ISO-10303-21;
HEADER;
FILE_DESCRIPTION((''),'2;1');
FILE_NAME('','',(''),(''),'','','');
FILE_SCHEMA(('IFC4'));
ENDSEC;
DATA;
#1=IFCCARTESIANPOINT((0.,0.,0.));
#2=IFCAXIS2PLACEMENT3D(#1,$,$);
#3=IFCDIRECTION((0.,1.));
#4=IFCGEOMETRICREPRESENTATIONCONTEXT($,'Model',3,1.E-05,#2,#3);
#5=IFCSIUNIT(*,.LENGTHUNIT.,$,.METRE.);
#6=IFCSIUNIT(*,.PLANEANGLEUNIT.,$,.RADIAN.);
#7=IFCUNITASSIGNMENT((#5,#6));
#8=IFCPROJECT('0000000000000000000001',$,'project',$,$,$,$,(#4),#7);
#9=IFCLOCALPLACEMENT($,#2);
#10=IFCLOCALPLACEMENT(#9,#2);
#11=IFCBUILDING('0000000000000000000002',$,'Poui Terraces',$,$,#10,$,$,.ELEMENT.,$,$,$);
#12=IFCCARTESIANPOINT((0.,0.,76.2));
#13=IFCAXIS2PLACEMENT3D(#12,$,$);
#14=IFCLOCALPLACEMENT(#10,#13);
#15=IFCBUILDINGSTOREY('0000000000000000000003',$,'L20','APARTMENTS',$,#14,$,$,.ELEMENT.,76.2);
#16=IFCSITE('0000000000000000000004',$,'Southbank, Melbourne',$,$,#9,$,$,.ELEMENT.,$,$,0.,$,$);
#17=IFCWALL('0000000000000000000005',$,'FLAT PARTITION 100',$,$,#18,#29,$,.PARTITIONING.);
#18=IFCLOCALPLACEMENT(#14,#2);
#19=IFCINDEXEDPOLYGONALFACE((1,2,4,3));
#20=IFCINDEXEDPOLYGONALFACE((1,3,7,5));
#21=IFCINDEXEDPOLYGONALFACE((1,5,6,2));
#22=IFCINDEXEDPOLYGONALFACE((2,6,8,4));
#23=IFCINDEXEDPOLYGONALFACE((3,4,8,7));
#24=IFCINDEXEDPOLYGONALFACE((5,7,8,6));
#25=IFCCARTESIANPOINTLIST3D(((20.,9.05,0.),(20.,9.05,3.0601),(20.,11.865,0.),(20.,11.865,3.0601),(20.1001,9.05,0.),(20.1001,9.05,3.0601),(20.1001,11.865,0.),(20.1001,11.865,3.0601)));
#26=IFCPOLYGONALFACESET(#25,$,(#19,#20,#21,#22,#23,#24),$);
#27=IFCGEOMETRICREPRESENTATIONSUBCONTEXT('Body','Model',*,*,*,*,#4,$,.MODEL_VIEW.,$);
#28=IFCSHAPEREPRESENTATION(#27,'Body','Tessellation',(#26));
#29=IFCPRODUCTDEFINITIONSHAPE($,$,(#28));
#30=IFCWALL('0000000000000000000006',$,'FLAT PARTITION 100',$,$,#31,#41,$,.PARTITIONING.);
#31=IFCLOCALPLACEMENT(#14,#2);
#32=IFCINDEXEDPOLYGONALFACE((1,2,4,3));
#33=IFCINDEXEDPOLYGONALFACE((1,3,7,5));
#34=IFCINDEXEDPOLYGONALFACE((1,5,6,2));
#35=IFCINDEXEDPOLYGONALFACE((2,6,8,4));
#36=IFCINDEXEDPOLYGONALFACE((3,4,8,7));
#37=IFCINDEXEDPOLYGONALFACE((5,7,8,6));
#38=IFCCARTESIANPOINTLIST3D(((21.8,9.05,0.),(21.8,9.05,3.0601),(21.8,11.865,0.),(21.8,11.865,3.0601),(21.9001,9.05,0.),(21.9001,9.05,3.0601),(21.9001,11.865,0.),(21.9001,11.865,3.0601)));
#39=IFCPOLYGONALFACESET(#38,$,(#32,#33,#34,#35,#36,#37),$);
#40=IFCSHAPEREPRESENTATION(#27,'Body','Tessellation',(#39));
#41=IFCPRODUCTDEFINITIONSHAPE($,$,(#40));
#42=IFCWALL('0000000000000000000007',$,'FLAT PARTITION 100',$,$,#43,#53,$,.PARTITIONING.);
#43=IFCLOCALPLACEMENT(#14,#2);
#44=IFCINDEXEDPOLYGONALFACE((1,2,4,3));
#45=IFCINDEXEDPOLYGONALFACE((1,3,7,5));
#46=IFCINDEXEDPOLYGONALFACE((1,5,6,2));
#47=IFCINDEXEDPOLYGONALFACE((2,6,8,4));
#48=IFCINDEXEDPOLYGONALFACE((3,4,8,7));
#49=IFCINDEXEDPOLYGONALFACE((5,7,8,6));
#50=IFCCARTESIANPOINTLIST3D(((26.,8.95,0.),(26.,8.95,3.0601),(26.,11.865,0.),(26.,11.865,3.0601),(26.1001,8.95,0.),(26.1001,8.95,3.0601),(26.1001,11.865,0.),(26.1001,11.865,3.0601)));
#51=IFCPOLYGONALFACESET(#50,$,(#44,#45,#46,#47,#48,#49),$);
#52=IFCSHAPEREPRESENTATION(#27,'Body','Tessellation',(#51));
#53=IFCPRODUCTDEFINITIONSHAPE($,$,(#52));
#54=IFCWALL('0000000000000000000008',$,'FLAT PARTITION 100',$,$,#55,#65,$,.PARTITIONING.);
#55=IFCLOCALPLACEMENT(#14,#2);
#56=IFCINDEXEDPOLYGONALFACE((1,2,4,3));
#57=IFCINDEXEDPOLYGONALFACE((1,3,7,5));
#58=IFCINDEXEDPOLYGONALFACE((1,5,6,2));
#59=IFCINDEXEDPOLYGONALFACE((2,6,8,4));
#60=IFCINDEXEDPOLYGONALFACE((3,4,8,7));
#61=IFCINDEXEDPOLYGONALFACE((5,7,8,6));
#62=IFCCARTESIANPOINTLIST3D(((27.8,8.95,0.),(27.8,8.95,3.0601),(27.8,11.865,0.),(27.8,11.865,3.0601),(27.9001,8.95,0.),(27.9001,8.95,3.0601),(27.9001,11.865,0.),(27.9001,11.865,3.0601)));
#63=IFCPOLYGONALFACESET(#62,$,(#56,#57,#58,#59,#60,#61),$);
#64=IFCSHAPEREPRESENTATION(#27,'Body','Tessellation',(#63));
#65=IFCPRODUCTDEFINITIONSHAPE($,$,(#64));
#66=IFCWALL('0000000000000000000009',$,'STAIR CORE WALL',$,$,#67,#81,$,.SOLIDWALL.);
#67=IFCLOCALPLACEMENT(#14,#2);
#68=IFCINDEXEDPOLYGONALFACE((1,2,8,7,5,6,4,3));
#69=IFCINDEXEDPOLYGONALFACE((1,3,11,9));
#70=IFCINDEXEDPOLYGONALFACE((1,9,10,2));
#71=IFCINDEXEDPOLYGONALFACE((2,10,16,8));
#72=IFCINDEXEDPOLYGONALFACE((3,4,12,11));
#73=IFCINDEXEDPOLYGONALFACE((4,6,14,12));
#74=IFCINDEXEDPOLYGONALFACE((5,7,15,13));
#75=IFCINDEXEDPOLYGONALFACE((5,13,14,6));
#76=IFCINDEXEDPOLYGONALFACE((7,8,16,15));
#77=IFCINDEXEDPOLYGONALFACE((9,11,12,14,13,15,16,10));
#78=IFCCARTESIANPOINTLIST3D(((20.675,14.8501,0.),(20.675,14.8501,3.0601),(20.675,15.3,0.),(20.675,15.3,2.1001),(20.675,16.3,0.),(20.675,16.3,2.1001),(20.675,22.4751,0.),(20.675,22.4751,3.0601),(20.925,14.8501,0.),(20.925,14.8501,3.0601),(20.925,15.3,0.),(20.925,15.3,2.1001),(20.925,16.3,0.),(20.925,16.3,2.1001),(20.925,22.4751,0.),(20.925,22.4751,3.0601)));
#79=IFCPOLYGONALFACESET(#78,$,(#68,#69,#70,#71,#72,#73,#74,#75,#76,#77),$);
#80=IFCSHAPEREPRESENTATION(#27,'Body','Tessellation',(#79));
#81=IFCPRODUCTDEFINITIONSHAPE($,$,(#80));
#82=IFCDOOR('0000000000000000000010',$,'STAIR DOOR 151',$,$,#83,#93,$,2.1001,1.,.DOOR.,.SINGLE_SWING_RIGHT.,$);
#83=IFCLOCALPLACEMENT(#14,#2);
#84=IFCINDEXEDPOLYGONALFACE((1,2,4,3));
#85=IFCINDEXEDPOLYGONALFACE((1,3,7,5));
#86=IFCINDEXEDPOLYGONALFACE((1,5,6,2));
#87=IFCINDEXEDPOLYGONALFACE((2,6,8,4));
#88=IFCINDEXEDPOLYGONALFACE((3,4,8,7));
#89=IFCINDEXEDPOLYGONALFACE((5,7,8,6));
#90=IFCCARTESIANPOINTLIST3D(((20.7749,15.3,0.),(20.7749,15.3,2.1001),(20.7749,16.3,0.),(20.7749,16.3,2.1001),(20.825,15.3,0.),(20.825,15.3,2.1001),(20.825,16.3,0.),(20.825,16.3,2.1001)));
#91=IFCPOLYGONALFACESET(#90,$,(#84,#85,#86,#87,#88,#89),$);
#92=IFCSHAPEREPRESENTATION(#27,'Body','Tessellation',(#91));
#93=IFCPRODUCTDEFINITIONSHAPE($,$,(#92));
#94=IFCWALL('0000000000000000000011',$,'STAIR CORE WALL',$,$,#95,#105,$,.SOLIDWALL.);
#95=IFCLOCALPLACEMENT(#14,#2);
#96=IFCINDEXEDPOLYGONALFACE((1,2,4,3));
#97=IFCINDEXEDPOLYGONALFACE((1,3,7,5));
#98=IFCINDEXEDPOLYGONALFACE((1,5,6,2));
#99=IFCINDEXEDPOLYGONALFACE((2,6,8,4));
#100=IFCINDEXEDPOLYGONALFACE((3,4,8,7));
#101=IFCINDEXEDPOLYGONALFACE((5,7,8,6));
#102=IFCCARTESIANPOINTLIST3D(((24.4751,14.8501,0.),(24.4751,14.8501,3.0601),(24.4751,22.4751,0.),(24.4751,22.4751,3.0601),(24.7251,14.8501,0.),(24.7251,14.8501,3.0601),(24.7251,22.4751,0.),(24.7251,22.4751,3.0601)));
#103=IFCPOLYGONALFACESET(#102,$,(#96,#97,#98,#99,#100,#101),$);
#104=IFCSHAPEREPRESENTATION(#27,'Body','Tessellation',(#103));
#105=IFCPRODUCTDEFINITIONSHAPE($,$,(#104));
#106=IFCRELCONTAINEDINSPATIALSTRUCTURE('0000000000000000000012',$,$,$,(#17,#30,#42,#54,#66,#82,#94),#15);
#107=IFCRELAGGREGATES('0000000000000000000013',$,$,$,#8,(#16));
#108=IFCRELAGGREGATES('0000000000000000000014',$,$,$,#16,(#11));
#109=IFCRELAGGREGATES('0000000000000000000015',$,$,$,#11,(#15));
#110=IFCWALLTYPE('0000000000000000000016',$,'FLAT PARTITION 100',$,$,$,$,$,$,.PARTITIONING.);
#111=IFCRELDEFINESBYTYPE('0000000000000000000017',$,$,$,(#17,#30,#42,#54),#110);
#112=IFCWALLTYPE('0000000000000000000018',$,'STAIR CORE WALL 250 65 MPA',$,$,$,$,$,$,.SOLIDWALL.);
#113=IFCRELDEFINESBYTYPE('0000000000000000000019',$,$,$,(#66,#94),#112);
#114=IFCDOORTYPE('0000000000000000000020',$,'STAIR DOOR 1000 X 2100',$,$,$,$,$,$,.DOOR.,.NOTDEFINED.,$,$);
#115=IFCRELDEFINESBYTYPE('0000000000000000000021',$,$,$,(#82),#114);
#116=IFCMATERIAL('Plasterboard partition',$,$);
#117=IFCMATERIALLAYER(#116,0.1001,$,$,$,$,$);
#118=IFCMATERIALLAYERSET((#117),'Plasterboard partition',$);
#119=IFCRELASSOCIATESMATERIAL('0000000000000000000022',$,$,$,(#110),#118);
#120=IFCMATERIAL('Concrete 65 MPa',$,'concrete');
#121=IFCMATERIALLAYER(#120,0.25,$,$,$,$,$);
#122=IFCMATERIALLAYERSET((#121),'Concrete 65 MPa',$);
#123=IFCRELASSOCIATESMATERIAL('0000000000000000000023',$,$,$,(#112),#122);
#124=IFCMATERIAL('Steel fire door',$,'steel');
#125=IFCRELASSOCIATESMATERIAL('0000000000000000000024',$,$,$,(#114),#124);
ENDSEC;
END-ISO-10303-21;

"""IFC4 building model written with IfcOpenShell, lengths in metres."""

from ifc_helpers import new_model, si_unit, direction, frame, frame_2d, origin, place, context, subcontext, project, spatial, rectangle, extrude, material, layer, layer_set, type_object, element, fill, save


model = new_model("IFC4")

# Units and contexts
model_context = context("Model", 3, precision=1e-05, world=origin(), true_north=direction((0.0, 1.0)))
body_context = subcontext(model_context, "Body", "Model", "MODEL_VIEW")
ifc_project = project(units=[si_unit("LENGTHUNIT", "METRE"), si_unit("PLANEANGLEUNIT", "RADIAN")], contexts=[model_context])

# Site, building, storey
site_placement = place(None, origin())
site = spatial("IfcSite", under=ifc_project, at=site_placement, Name="Southbank, Melbourne", CompositionType="ELEMENT", RefElevation=0.0)
building_placement = place(site_placement, origin())
building = spatial("IfcBuilding", under=site, at=building_placement, Name="Poui Terraces", CompositionType="ELEMENT")
storey_placement = place(building_placement, frame((0.0, 0.0, 76.2)))
storey = spatial("IfcBuildingStorey", under=building, at=storey_placement, Name="L20", Description="APARTMENTS", CompositionType="ELEMENT", Elevation=76.2)

# Shared definitions
ifc_material_1 = material(Name="Concrete 65 MPa", Category="concrete")

# Shared definitions
ifc_material_2 = material(Name="Steel fire door", Category="steel")

# Shared definitions
ifc_material_3 = material(Name="Plasterboard partition")
ifc_layer_1 = layer(ifc_material_3, 0.1001)
ifc_layer_set_1 = layer_set([ifc_layer_1], Name="Plasterboard partition")
wall_type_1 = type_object("IfcWallType", Name="FLAT PARTITION 100", PredefinedType="PARTITIONING", material=ifc_layer_set_1)

# Walls
for number, where, z_axis, x_axis, name in (
    (1, (20.05, 9.05, 0.0), (0.0, 0.0, 1.0), (0.0, 1.0, 0.0), "FLAT PARTITION 100"),
    (2, (21.8501, 9.05, 0.0), (0.0, 0.0, 1.0), (0.0, 1.0, 0.0), "FLAT PARTITION 100"),
):
    element("IfcWall", number, at=place(storey_placement, frame(where, z_axis=z_axis, x_axis=x_axis)), inside=storey, type_object=wall_type_1, Name=name, PredefinedType="PARTITIONING", context=body_context, shape_type="SweptSolid", body=[
        extrude(rectangle(XDim=2.8149, YDim=0.1001, at=frame_2d((1.4075, 0.0))), origin(), (0.0, 0.0, 1.0), 3.0601),
    ])
for number, where, z_axis, x_axis, name in (
    (3, (26.05, 8.95, 0.0), (0.0, 0.0, 1.0), (0.0, 1.0, 0.0), "FLAT PARTITION 100"),
    (4, (27.8501, 8.95, 0.0), (0.0, 0.0, 1.0), (0.0, 1.0, 0.0), "FLAT PARTITION 100"),
):
    element("IfcWall", number, at=place(storey_placement, frame(where, z_axis=z_axis, x_axis=x_axis)), inside=storey, type_object=wall_type_1, Name=name, PredefinedType="PARTITIONING", context=body_context, shape_type="SweptSolid", body=[
        extrude(rectangle(XDim=2.915, YDim=0.1001, at=frame_2d((1.4575, 0.0))), origin(), (0.0, 0.0, 1.0), 3.0601),
    ])

# Wall, opening, door
ifc_layer_2 = layer(ifc_material_1, 0.25)
ifc_layer_set_2 = layer_set([ifc_layer_2], Name="Concrete 65 MPa")
wall_type_2 = type_object("IfcWallType", Name="STAIR CORE WALL 250 65 MPA", PredefinedType="SOLIDWALL", material=ifc_layer_set_2)
wall_1_placement = place(storey_placement, frame((20.8, 14.8501, 0.0), z_axis=(0.0, 0.0, 1.0), x_axis=(0.0, 1.0, 0.0)))
wall_1 = element("IfcWall", 5, at=wall_1_placement, inside=storey, type_object=wall_type_2, Name="STAIR CORE WALL", PredefinedType="SOLIDWALL", context=body_context, shape_type="SweptSolid", body=[
    extrude(rectangle(XDim=7.625, YDim=0.25, at=frame_2d((3.8125, 0.0))), origin(), (0.0, 0.0, 1.0), 3.0601),
])
opening_1_placement = place(wall_1_placement, frame((0.45, 0.0, 0.0)))
opening_1 = element("IfcOpeningElement", 6, at=opening_1_placement, cuts=wall_1, PredefinedType="OPENING", context=body_context, shape_type="SweptSolid", body=[
    extrude(rectangle(XDim=1.0, YDim=2.1001, at=frame_2d((0.5, 1.05))), frame((0.0, 0.135, 0.0), z_axis=(0.0, -1.0, 0.0), x_axis=(1.0, 0.0, 0.0)), (0.0, 0.0, 1.0), 0.27),
])
door_type_1 = type_object("IfcDoorType", Name="STAIR DOOR 1000 X 2100", OperationType="NOTDEFINED", PredefinedType="DOOR", material=ifc_material_2)
door_1_placement = place(opening_1_placement, frame((1.0, 0.0, 0.0), z_axis=(0.0, 0.0, 1.0), x_axis=(-1.0, 0.0, 0.0)))
door_1 = element("IfcDoor", 7, at=door_1_placement, inside=storey, type_object=door_type_1, Name="STAIR DOOR 151", OperationType="SINGLE_SWING_RIGHT", OverallHeight=2.1001, OverallWidth=1.0, PredefinedType="DOOR", context=body_context, shape_type="SweptSolid", body=[
    extrude(rectangle(XDim=1.0, YDim=2.1001, at=frame_2d((0.5, 1.05))), frame((0.0, 0.0249, 0.0), z_axis=(0.0, -1.0, 0.0), x_axis=(1.0, 0.0, 0.0)), (0.0, 0.0, 1.0), 0.05),
])
fill(opening_1, door_1)

# Wall
wall_2_placement = place(storey_placement, frame((24.6001, 14.8501, 0.0), z_axis=(0.0, 0.0, 1.0), x_axis=(0.0, 1.0, 0.0)))
element("IfcWall", 8, at=wall_2_placement, inside=storey, type_object=wall_type_2, Name="STAIR CORE WALL", PredefinedType="SOLIDWALL", context=body_context, shape_type="SweptSolid", body=[
    extrude(rectangle(XDim=7.625, YDim=0.25, at=frame_2d((3.8125, 0.0))), origin(), (0.0, 0.0, 1.0), 3.0601),
])

save(model, "model.ifc")
